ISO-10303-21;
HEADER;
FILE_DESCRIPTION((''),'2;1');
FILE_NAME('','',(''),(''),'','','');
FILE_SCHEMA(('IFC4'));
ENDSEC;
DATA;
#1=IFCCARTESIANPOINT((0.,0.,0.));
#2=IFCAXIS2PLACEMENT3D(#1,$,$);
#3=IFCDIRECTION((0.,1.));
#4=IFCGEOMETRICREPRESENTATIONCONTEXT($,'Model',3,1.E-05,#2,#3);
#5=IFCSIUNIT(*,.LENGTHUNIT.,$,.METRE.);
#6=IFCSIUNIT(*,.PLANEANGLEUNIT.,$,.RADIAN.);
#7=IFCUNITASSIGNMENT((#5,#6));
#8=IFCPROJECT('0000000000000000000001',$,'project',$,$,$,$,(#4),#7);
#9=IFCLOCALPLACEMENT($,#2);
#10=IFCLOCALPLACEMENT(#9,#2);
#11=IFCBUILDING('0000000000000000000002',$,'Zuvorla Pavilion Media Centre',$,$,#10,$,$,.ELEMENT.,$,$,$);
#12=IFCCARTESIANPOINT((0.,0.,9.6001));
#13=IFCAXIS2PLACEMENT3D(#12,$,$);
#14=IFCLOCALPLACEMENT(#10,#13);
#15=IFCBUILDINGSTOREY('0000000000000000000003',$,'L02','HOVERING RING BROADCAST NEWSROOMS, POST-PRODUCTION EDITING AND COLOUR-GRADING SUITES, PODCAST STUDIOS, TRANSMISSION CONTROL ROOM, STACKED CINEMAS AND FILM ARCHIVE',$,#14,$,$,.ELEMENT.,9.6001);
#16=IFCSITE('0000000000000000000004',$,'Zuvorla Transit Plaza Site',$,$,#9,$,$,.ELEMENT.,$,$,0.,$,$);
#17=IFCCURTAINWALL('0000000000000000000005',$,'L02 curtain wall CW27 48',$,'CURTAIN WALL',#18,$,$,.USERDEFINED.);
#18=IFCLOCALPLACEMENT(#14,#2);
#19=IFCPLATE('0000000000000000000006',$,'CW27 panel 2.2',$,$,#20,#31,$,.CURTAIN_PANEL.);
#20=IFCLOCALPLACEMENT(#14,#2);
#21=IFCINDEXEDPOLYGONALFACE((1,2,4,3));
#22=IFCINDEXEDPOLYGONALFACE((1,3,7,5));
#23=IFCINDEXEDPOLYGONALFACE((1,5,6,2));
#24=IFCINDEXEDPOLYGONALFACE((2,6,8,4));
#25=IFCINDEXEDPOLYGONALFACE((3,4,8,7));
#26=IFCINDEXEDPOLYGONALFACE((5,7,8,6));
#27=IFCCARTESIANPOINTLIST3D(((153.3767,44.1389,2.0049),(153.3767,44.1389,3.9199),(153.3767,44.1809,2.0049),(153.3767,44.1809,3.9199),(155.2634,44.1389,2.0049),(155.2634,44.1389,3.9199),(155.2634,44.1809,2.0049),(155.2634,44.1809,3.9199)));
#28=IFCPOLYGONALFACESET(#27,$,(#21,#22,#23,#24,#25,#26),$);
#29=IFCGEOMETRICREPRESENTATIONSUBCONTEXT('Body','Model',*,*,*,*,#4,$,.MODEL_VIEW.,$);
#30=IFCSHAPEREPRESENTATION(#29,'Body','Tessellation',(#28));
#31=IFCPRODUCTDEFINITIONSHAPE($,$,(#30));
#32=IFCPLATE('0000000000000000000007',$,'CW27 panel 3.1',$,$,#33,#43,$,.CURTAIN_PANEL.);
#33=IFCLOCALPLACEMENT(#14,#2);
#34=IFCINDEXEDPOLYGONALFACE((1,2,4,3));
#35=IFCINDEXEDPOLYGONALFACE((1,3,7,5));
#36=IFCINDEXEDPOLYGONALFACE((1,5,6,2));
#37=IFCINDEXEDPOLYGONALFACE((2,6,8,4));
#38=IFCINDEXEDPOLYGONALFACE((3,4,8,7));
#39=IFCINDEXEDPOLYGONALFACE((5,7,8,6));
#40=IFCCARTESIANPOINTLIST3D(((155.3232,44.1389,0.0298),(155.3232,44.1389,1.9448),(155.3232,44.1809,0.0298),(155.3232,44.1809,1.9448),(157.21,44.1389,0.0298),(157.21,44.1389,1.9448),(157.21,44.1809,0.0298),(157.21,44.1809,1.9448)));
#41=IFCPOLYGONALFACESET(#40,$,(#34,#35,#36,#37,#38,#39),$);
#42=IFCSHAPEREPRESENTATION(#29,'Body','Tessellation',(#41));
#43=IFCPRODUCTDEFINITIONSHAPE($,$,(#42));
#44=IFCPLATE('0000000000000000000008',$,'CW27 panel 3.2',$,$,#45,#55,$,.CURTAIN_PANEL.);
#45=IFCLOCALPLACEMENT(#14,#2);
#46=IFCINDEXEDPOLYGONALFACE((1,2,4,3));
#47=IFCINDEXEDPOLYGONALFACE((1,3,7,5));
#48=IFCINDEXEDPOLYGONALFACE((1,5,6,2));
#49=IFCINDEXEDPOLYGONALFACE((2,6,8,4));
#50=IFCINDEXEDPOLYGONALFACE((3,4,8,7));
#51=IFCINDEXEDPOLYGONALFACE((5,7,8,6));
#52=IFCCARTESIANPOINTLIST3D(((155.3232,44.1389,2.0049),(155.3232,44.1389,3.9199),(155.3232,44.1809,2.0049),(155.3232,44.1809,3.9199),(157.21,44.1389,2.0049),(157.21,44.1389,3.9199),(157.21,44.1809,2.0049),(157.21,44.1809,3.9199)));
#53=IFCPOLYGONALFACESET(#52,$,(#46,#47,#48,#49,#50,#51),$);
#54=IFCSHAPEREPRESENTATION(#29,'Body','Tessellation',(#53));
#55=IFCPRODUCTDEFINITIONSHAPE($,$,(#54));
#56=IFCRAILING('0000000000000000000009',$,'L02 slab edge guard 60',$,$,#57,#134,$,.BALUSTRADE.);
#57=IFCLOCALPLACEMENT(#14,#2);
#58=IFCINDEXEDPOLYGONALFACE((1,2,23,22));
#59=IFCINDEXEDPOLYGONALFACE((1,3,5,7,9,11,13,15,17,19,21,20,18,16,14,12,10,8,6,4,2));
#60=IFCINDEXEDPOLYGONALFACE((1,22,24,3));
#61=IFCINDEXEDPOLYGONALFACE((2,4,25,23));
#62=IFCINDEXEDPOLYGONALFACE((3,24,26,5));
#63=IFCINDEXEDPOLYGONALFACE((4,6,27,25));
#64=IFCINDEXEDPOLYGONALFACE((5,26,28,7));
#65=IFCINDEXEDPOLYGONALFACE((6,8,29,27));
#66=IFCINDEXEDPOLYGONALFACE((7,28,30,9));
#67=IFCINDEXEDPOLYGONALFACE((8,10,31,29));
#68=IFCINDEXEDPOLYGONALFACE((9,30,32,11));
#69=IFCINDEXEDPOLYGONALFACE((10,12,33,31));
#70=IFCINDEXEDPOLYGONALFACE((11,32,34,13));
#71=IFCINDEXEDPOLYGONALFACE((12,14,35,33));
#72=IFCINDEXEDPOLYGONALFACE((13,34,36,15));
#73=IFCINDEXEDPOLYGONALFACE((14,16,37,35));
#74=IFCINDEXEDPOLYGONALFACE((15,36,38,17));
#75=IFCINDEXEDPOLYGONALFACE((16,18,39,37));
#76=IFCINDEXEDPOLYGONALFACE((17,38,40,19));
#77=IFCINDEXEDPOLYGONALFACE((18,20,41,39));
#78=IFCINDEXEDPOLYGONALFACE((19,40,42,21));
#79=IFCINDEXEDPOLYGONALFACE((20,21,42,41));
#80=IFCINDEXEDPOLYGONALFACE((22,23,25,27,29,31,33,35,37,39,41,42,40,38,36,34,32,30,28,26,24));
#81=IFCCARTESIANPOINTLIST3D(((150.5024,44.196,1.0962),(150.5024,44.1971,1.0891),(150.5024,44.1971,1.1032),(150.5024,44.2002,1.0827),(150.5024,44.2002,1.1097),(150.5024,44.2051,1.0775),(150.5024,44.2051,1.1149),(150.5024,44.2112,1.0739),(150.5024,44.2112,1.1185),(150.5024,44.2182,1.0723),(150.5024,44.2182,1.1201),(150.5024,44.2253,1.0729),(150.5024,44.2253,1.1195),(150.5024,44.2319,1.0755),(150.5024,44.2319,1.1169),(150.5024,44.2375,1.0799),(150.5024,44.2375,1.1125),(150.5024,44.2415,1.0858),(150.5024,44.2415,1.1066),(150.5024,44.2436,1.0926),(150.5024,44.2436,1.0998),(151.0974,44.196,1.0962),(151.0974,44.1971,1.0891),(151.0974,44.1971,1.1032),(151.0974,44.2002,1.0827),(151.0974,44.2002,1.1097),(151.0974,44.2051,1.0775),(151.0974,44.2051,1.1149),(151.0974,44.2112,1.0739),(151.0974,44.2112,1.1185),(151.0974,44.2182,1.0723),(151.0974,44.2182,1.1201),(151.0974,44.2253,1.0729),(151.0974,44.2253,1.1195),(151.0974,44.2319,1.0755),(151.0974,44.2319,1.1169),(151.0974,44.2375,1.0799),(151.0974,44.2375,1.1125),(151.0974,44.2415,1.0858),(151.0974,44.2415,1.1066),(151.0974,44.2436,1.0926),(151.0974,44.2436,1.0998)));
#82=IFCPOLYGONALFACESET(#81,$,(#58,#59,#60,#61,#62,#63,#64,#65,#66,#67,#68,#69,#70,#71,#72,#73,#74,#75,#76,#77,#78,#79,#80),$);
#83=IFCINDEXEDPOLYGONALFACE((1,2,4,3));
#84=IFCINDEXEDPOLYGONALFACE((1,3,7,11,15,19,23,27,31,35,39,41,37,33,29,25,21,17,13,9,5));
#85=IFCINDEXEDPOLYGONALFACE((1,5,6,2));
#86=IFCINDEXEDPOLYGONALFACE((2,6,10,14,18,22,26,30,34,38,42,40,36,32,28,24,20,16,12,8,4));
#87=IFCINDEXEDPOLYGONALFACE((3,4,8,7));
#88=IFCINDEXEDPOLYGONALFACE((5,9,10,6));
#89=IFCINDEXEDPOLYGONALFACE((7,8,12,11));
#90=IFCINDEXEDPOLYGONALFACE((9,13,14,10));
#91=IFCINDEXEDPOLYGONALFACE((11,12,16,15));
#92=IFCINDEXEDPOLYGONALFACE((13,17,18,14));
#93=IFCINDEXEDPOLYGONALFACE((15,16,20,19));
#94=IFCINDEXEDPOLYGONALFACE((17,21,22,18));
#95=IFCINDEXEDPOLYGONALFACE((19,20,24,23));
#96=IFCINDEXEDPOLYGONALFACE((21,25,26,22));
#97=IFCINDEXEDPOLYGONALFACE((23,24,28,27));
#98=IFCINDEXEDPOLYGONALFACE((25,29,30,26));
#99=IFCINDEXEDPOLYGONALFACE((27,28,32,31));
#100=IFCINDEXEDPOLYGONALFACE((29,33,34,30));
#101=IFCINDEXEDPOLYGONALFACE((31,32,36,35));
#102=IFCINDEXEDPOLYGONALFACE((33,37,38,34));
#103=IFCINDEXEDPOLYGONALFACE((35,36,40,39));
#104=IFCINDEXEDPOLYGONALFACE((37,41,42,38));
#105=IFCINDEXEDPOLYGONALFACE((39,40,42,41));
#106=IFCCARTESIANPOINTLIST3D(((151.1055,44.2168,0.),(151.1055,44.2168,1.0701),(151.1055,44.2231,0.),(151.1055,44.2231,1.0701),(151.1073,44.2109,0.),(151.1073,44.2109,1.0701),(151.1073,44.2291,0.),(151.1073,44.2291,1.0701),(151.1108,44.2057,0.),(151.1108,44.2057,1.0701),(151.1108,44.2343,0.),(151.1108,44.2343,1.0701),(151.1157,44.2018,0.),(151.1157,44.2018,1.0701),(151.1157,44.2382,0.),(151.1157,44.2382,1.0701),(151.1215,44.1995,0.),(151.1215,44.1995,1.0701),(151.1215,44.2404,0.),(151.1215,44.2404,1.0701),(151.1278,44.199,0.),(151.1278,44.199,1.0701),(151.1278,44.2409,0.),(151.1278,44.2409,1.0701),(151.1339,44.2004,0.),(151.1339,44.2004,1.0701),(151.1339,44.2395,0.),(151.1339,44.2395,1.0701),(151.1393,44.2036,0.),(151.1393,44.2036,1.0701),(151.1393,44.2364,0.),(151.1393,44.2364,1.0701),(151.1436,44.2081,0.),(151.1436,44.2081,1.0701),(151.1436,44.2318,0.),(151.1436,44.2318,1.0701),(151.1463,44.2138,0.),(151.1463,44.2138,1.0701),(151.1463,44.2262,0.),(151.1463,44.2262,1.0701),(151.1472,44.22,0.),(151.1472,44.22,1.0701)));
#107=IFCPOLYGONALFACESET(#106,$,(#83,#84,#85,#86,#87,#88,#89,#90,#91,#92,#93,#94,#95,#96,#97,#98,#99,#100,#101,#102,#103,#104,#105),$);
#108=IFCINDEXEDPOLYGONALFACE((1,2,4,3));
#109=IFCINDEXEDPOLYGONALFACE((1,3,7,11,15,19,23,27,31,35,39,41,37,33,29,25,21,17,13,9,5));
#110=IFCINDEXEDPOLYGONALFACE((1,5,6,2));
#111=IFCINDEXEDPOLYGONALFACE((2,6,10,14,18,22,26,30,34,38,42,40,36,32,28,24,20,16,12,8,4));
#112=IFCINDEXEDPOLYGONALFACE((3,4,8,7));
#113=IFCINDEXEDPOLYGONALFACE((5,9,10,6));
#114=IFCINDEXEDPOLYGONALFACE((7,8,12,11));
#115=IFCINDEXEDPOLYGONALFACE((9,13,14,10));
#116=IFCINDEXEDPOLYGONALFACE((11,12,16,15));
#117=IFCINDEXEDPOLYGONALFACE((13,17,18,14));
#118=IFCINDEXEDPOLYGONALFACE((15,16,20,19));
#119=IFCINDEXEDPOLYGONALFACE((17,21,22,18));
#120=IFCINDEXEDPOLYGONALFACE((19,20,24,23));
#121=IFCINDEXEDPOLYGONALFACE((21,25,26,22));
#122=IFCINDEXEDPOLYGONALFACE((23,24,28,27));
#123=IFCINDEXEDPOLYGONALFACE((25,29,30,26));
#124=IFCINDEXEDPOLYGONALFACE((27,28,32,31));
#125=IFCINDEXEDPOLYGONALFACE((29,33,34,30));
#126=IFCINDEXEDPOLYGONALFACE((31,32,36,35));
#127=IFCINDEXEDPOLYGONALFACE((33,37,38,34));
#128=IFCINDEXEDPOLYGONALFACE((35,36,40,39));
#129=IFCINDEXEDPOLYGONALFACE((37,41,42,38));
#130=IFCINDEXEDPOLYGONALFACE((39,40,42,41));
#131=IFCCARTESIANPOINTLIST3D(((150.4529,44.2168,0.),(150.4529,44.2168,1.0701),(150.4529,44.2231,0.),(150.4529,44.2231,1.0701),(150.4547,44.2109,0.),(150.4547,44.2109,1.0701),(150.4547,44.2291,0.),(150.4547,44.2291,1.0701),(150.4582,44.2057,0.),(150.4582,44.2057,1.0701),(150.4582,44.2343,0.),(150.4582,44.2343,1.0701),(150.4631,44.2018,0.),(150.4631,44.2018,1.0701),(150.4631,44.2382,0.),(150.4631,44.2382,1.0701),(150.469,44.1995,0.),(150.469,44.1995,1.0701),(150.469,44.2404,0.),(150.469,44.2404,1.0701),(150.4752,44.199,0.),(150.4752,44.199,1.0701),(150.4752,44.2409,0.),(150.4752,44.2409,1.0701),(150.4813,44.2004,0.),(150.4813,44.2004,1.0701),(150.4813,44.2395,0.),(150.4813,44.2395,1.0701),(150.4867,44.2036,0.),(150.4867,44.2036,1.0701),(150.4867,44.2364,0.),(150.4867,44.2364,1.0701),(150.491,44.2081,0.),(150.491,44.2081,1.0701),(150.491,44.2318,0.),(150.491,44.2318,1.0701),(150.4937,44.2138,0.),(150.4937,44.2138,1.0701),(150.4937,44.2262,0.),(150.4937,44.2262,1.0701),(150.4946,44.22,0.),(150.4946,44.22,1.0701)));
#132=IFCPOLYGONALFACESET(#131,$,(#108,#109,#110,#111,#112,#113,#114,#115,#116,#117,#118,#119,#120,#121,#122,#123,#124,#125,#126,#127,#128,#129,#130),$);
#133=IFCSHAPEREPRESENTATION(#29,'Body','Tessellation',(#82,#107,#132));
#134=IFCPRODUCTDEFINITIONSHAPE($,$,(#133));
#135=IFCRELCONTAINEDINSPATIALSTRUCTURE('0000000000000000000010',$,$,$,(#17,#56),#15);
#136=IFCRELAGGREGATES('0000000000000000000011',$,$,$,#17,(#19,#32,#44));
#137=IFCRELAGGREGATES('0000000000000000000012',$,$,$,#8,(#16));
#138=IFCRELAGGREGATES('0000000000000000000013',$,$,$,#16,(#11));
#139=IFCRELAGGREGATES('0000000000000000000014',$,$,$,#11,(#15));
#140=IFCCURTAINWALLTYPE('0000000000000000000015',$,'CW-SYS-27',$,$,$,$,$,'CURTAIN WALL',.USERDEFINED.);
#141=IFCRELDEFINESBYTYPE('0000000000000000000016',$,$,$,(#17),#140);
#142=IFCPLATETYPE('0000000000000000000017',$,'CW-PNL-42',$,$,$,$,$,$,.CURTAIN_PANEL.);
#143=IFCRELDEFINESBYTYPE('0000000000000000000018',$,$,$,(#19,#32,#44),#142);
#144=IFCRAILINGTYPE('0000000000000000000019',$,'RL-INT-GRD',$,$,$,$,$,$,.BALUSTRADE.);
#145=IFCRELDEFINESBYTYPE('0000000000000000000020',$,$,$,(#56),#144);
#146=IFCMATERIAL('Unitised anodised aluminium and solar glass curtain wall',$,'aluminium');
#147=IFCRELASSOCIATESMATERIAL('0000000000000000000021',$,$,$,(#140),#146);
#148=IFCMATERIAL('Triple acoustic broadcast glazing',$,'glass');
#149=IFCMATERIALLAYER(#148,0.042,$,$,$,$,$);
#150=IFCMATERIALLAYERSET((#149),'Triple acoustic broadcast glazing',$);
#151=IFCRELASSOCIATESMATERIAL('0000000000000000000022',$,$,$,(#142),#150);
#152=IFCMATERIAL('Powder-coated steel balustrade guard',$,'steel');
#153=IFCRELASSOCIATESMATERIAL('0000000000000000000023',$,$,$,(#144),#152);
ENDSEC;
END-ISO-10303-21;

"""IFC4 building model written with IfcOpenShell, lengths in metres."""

from ifc_helpers import new_model, si_unit, direction, frame, origin, origin_2d, place, context, subcontext, project, spatial, rectangle, circle, extrude, material, layer, layer_set, type_object, element, aggregate, save


model = new_model("IFC4")

# Units and contexts
model_context = context("Model", 3, precision=1e-05, world=origin(), true_north=direction((0.0, 1.0)))
body_context = subcontext(model_context, "Body", "Model", "MODEL_VIEW")
ifc_project = project(units=[si_unit("LENGTHUNIT", "METRE"), si_unit("PLANEANGLEUNIT", "RADIAN")], contexts=[model_context])

# Site, building, storey
site_placement = place(None, origin())
site = spatial("IfcSite", under=ifc_project, at=site_placement, Name="Zuvorla Transit Plaza Site", CompositionType="ELEMENT", RefElevation=0.0)
building_placement = place(site_placement, origin())
building = spatial("IfcBuilding", under=site, at=building_placement, Name="Zuvorla Pavilion Media Centre", CompositionType="ELEMENT")
storey_placement = place(building_placement, frame((0.0, 0.0, 9.6001)))
storey = spatial("IfcBuildingStorey", under=building, at=storey_placement, Name="L02", Description="HOVERING RING BROADCAST NEWSROOMS, POST-PRODUCTION EDITING AND COLOUR-GRADING SUITES, PODCAST STUDIOS, TRANSMISSION CONTROL ROOM, STACKED CINEMAS AND FILM ARCHIVE", CompositionType="ELEMENT", Elevation=9.6001)

# Curtain wall
ifc_material_1 = material(Name="Unitised anodised aluminium and solar glass curtain wall", Category="aluminium")
curtain_wall_type_1 = type_object("IfcCurtainWallType", Name="CW-SYS-27", ElementType="CURTAIN WALL", PredefinedType="USERDEFINED", material=ifc_material_1)
curtain_wall_1_placement = place(storey_placement, origin())
curtain_wall_1 = element("IfcCurtainWall", 1, at=curtain_wall_1_placement, inside=storey, type_object=curtain_wall_type_1, Name="L02 curtain wall CW27 48", ObjectType="CURTAIN WALL", PredefinedType="USERDEFINED")

# Plates
ifc_material_2 = material(Name="Triple acoustic broadcast glazing", Category="glass")
ifc_layer_1 = layer(ifc_material_2, 0.042)
ifc_layer_set_1 = layer_set([ifc_layer_1], Name="Triple acoustic broadcast glazing")
plate_type_1 = type_object("IfcPlateType", Name="CW-PNL-42", PredefinedType="CURTAIN_PANEL", material=ifc_layer_set_1)
plate_1_placement = place(storey_placement, frame((154.3201, 44.1599, 2.0049), z_axis=(0.0, 0.0, 1.0), x_axis=(1.0, 0.0, 0.0)))
plate_1 = element("IfcPlate", 2, at=plate_1_placement, type_object=plate_type_1, Name="CW27 panel 2.2", PredefinedType="CURTAIN_PANEL", context=body_context, shape_type="SweptSolid", body=[
    extrude(rectangle(XDim=1.8867, YDim=0.042, at=origin_2d()), origin(), (0.0, 0.0, 1.0), 1.915),
])
plate_2_placement = place(storey_placement, frame((156.2666, 44.1599, 0.0298), z_axis=(0.0, 0.0, 1.0), x_axis=(1.0, 0.0, 0.0)))
plate_2 = element("IfcPlate", 3, at=plate_2_placement, type_object=plate_type_1, Name="CW27 panel 3.1", PredefinedType="CURTAIN_PANEL", context=body_context, shape_type="SweptSolid", body=[
    extrude(rectangle(XDim=1.8867, YDim=0.042, at=origin_2d()), origin(), (0.0, 0.0, 1.0), 1.915),
])
plate_3_placement = place(storey_placement, frame((156.2666, 44.1599, 2.0049), z_axis=(0.0, 0.0, 1.0), x_axis=(1.0, 0.0, 0.0)))
plate_3 = element("IfcPlate", 4, at=plate_3_placement, type_object=plate_type_1, Name="CW27 panel 3.2", PredefinedType="CURTAIN_PANEL", context=body_context, shape_type="SweptSolid", body=[
    extrude(rectangle(XDim=1.8867, YDim=0.042, at=origin_2d()), origin(), (0.0, 0.0, 1.0), 1.915),
])
aggregate(curtain_wall_1, [plate_1, plate_2, plate_3])

# Railing
ifc_material_3 = material(Name="Powder-coated steel balustrade guard", Category="steel")
railing_type = type_object("IfcRailingType", Name="RL-INT-GRD", PredefinedType="BALUSTRADE", material=ifc_material_3)
railing_placement = place(storey_placement, frame((151.1262, 44.22, 0.0)))
element("IfcRailing", 5, at=railing_placement, inside=storey, type_object=railing_type, Name="L02 slab edge guard 60", PredefinedType="BALUSTRADE", context=body_context, shape_type="SweptSolid", body=[
    extrude(circle(Radius=0.0239, at=origin_2d()), frame((-0.0288, 0.0, 1.0962), z_axis=(-1.0, 0.0, 0.0), x_axis=(0.0, -1.0, 0.0)), (0.0, 0.0, 1.0), 0.595),
    extrude(circle(Radius=0.021, at=origin_2d()), origin(), (0.0, 0.0, 1.0), 1.0701),
    extrude(circle(Radius=0.021, at=origin_2d()), frame((-0.6526, 0.0, 0.0)), (0.0, 0.0, 1.0), 1.0701),
])

save(model, "model.ifc")
